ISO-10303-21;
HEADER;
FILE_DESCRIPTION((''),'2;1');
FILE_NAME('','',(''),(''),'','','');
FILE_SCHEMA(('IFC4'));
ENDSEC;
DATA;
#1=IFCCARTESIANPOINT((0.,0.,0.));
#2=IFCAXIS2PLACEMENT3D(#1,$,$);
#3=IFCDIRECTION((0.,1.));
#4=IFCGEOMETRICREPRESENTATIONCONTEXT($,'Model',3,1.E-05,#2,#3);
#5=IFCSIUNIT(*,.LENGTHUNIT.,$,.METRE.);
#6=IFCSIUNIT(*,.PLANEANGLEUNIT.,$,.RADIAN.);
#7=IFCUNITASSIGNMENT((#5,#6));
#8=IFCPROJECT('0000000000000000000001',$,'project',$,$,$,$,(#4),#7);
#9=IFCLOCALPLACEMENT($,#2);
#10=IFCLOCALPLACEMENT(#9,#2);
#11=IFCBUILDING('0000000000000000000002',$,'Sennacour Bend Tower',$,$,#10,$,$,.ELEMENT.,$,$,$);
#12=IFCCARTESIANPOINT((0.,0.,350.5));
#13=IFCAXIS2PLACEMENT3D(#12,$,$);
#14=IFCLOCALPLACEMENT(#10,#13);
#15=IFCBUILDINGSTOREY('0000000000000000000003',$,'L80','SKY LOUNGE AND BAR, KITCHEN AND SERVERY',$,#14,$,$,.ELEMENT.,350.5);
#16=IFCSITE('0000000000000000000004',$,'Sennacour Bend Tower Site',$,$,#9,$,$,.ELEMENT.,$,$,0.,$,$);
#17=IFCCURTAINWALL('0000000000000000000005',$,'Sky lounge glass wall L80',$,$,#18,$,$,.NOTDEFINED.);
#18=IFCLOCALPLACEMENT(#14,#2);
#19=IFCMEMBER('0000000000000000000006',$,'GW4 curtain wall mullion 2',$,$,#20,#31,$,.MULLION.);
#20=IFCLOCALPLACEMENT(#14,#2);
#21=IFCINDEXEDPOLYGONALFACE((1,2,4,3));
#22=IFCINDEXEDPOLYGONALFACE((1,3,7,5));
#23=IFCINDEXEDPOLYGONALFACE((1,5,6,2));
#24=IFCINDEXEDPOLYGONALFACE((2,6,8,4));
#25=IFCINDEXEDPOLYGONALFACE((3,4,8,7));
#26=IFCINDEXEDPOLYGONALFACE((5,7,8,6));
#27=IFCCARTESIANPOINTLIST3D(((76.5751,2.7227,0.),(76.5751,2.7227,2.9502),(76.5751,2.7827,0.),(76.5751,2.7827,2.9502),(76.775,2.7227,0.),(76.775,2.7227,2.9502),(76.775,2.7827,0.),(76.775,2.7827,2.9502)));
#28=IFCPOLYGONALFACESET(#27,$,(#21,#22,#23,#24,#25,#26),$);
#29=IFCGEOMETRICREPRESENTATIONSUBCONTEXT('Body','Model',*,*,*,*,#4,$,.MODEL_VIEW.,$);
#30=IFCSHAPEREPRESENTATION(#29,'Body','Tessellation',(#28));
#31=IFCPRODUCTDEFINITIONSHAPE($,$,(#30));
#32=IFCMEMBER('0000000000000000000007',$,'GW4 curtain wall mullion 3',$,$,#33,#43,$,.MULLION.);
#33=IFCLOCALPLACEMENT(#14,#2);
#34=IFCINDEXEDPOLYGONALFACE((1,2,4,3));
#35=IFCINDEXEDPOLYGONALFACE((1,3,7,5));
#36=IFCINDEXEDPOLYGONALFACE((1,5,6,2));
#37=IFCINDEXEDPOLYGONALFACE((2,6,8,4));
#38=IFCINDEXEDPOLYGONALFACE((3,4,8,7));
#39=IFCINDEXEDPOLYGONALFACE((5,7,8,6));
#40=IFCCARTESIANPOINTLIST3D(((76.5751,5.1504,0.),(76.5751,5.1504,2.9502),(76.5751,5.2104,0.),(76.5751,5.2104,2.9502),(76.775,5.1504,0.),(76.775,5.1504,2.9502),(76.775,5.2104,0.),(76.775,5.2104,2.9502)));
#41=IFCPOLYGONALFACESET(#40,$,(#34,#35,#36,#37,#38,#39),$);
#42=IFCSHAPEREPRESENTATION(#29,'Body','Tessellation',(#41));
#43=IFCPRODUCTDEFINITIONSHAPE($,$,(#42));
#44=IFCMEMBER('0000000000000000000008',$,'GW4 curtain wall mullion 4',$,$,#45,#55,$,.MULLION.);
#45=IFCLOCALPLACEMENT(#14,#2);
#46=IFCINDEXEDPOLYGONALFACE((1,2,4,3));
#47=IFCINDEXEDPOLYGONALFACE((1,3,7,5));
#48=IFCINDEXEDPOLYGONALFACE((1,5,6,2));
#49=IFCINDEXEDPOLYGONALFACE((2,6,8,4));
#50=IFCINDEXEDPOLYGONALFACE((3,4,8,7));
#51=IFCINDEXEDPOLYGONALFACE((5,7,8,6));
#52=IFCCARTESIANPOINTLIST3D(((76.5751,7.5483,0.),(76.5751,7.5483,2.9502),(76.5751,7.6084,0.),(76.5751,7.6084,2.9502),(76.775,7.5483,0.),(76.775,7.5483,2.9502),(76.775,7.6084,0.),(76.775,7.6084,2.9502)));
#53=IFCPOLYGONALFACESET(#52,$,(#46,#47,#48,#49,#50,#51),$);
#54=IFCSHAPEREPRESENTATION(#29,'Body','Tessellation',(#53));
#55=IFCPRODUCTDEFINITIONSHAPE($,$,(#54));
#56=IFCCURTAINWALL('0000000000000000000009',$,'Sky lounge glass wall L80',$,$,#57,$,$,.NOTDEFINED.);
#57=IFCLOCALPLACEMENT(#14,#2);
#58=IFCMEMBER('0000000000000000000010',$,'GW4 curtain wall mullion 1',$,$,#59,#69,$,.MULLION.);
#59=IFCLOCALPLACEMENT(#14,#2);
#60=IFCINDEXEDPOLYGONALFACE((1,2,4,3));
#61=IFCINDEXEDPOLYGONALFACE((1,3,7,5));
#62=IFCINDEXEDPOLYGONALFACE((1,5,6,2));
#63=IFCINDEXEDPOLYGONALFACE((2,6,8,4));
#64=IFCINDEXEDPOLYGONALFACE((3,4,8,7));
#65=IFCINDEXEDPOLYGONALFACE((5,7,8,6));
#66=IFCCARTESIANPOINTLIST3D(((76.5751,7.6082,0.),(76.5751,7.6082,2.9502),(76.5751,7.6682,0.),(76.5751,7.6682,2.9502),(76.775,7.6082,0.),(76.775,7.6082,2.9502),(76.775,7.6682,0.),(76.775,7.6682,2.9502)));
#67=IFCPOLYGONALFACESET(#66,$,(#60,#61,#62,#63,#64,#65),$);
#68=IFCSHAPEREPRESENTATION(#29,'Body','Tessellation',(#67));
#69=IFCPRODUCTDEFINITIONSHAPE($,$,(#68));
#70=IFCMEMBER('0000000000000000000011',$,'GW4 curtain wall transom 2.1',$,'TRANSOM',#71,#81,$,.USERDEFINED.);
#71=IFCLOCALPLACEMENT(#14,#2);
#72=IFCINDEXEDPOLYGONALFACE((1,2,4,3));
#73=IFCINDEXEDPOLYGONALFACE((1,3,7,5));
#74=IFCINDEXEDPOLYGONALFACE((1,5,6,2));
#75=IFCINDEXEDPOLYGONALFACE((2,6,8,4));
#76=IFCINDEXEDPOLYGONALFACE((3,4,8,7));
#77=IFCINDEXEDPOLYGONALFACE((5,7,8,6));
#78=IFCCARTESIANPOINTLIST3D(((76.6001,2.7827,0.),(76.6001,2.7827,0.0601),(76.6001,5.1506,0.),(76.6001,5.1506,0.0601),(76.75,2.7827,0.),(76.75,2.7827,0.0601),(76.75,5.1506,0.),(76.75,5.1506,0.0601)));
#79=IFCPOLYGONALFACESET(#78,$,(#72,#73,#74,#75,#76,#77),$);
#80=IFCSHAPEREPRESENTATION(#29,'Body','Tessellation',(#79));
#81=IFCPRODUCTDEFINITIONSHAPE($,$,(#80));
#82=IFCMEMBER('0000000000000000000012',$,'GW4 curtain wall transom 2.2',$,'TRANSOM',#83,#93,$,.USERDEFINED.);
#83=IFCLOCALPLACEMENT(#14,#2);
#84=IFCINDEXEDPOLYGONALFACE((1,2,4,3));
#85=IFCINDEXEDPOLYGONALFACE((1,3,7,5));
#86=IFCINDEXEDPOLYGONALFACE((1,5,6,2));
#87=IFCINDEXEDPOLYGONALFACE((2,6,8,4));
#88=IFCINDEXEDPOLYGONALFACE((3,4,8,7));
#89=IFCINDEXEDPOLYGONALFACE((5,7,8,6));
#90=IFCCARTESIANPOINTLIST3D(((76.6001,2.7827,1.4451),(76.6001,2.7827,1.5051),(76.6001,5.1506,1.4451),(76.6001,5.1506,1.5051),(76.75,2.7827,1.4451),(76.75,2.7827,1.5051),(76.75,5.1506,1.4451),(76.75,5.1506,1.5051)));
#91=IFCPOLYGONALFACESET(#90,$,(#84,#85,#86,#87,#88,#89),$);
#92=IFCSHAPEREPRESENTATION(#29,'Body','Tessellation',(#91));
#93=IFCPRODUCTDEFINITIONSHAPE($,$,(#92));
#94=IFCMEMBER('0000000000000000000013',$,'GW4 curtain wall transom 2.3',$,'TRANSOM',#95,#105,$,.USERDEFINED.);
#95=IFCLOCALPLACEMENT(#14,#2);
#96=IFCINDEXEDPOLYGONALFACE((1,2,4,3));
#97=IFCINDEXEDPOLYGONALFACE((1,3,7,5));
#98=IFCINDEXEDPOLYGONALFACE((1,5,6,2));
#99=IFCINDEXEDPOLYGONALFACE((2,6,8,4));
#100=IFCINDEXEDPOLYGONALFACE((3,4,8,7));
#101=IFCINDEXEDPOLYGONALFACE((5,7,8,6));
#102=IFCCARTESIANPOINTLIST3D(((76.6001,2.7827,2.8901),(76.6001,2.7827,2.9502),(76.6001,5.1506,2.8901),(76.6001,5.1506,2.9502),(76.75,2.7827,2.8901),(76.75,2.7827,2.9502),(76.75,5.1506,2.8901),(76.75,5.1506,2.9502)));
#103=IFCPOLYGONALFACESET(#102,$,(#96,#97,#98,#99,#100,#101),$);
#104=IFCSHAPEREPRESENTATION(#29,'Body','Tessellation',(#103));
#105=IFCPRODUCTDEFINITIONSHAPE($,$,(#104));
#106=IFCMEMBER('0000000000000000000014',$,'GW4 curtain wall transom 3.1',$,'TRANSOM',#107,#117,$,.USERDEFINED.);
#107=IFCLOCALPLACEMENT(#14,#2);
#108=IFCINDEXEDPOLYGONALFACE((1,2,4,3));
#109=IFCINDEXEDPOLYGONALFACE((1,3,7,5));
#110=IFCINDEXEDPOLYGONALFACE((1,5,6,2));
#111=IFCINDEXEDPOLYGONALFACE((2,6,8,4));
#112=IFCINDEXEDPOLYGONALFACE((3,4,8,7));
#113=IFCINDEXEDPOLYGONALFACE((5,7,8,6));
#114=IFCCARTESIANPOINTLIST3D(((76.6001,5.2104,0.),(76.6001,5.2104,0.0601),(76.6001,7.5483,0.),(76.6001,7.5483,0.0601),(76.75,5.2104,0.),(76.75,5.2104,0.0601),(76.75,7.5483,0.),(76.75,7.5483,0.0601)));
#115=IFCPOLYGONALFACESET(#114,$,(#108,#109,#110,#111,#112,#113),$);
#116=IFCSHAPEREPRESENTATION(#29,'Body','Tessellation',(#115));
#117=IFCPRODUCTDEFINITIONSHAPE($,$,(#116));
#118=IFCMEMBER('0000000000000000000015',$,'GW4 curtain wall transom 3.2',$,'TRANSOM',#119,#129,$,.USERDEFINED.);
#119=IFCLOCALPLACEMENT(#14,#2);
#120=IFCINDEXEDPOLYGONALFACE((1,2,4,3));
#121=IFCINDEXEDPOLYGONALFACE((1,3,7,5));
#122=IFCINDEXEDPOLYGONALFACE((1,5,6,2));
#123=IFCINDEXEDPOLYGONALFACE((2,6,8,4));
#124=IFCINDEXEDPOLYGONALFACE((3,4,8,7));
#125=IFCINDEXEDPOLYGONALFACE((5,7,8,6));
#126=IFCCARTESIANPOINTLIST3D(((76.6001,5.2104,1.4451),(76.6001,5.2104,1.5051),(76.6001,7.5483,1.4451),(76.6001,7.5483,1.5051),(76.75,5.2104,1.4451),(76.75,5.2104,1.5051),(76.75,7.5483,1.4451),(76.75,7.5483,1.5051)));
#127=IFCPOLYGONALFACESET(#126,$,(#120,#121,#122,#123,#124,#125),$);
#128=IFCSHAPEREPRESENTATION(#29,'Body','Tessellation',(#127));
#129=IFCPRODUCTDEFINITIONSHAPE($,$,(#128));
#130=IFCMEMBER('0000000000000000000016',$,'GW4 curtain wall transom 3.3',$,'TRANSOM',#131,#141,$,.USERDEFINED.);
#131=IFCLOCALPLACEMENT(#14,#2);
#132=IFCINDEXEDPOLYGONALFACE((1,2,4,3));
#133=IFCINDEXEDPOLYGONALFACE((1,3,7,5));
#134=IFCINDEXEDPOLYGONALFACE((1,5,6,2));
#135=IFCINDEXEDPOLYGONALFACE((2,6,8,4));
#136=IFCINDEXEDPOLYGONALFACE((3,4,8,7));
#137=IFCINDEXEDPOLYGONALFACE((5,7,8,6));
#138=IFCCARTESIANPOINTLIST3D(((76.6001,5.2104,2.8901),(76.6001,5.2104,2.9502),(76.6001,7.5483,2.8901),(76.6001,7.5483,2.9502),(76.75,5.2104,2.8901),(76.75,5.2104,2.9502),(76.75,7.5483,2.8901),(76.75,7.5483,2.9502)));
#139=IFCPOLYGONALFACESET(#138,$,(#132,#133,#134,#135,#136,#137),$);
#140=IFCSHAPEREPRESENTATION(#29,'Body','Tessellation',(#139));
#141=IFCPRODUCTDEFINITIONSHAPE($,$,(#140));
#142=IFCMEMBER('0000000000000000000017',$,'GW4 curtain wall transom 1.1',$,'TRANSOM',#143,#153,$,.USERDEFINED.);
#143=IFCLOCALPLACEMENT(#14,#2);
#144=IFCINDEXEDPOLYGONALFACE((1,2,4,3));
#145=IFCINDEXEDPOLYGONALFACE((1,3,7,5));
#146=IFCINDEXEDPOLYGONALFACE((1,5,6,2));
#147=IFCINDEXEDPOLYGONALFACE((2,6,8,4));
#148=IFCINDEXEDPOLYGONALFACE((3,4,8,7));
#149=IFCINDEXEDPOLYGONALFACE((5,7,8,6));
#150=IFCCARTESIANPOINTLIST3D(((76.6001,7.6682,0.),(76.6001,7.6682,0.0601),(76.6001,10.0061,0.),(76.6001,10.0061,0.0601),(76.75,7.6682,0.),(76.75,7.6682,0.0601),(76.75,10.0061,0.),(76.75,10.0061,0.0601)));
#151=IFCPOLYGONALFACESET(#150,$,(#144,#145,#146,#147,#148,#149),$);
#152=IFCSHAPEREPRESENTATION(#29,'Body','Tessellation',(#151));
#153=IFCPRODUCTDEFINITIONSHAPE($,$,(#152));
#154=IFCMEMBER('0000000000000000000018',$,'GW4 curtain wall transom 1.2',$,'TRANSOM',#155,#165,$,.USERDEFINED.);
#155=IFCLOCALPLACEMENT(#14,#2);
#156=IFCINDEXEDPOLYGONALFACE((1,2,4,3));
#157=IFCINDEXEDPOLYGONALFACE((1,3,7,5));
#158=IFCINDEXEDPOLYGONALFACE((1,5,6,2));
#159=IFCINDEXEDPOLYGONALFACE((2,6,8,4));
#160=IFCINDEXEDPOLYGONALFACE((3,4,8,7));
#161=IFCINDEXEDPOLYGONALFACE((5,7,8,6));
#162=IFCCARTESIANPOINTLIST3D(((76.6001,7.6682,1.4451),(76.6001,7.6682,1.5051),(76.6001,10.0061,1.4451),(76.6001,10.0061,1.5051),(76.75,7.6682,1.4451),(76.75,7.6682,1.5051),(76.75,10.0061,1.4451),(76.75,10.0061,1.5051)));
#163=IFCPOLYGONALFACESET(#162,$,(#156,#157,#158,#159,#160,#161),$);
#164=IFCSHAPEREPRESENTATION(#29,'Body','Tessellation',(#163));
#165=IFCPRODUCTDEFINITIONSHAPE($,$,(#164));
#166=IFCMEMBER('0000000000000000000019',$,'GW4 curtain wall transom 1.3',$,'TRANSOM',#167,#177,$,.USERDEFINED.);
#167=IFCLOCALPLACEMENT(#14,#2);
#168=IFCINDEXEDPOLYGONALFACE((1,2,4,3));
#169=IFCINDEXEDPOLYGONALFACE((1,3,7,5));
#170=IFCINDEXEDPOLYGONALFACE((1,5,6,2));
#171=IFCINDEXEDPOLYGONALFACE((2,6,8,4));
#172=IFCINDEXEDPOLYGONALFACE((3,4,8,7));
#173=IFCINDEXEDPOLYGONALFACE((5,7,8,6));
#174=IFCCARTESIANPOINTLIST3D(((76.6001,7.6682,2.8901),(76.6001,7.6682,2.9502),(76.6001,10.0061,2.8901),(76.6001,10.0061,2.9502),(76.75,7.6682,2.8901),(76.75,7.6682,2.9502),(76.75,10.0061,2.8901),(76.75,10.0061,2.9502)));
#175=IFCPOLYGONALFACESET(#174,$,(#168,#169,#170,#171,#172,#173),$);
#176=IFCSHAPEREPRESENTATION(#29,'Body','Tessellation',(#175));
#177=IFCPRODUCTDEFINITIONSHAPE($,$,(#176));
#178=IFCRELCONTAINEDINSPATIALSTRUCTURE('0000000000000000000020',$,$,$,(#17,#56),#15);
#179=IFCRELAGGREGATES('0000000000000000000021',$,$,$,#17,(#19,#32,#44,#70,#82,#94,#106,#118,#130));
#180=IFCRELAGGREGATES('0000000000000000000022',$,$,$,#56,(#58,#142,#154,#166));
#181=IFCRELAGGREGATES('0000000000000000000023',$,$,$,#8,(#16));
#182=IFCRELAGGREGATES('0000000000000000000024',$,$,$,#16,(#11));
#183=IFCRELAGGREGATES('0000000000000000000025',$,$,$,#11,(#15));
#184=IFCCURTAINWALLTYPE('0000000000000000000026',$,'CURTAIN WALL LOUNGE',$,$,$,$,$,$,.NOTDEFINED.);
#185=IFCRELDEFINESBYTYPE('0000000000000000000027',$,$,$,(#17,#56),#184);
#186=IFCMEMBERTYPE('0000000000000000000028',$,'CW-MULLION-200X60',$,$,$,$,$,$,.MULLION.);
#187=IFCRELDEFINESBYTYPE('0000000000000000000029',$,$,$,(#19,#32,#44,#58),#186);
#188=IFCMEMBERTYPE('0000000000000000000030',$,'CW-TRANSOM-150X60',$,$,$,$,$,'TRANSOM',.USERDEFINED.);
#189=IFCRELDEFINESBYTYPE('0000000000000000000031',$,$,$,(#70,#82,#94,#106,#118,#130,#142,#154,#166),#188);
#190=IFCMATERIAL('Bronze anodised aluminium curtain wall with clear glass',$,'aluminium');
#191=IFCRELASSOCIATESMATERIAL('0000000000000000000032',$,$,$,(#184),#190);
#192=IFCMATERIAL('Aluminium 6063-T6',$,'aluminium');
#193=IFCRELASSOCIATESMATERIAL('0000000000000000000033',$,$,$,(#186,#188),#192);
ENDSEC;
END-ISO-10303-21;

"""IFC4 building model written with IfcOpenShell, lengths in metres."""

from ifc_helpers import new_model, si_unit, direction, frame, origin, origin_2d, place, context, subcontext, project, spatial, rectangle, extrude, material, material_profile, profile_set, type_object, element, aggregate, save


model = new_model("IFC4")

# Units and contexts
model_context = context("Model", 3, precision=1e-05, world=origin(), true_north=direction((0.0, 1.0)))
body_context = subcontext(model_context, "Body", "Model", "MODEL_VIEW")
ifc_project = project(units=[si_unit("LENGTHUNIT", "METRE"), si_unit("PLANEANGLEUNIT", "RADIAN")], contexts=[model_context])

# Site, building, storey
site_placement = place(None, origin())
site = spatial("IfcSite", under=ifc_project, at=site_placement, Name="Sennacour Bend Tower Site", CompositionType="ELEMENT", RefElevation=0.0)
building_placement = place(site_placement, origin())
building = spatial("IfcBuilding", under=site, at=building_placement, Name="Sennacour Bend Tower", CompositionType="ELEMENT")
storey_placement = place(building_placement, frame((0.0, 0.0, 350.5)))
storey = spatial("IfcBuildingStorey", under=building, at=storey_placement, Name="L80", Description="SKY LOUNGE AND BAR, KITCHEN AND SERVERY", CompositionType="ELEMENT", Elevation=350.5)

# Curtain wall, members
ifc_material_1 = material(Name="Bronze anodised aluminium curtain wall with clear glass", Category="aluminium")
curtain_wall_type = type_object("IfcCurtainWallType", Name="CURTAIN WALL LOUNGE", PredefinedType="NOTDEFINED", material=ifc_material_1)
curtain_wall_1_placement = place(storey_placement, origin())
curtain_wall_1 = element("IfcCurtainWall", 1, at=curtain_wall_1_placement, inside=storey, type_object=curtain_wall_type, Name="Sky lounge glass wall L80", PredefinedType="NOTDEFINED")
ifc_material_2 = material(Name="Aluminium 6063-T6", Category="aluminium")
ifc_material_profile_1 = material_profile(ifc_material_2, rectangle(XDim=0.2, YDim=0.0601, at=origin_2d()), Name="Aluminium 6063-T6", Category="aluminium")
ifc_profile_set_1 = profile_set([ifc_material_profile_1], Name="Aluminium 6063-T6")
member_type_1 = type_object("IfcMemberType", Name="CW-MULLION-200X60", PredefinedType="MULLION", material=ifc_profile_set_1)
member_1_placement = place(storey_placement, frame((76.675, 2.7527, 0.0), z_axis=(0.0, 0.0, 1.0), x_axis=(-1.0, 0.0, 0.0)))
member_1 = element("IfcMember", 2, at=member_1_placement, type_object=member_type_1, Name="GW4 curtain wall mullion 2", PredefinedType="MULLION", context=body_context, shape_type="SweptSolid", body=[
    extrude(rectangle(XDim=0.2, YDim=0.0601, at=origin_2d()), origin(), (0.0, 0.0, 1.0), 2.9502),
])
member_2_placement = place(storey_placement, frame((76.675, 5.1804, 0.0), z_axis=(0.0, 0.0, 1.0), x_axis=(-1.0, 0.0, 0.0)))
member_2 = element("IfcMember", 3, at=member_2_placement, type_object=member_type_1, Name="GW4 curtain wall mullion 3", PredefinedType="MULLION", context=body_context, shape_type="SweptSolid", body=[
    extrude(rectangle(XDim=0.2, YDim=0.0601, at=origin_2d()), origin(), (0.0, 0.0, 1.0), 2.9502),
])
member_3_placement = place(storey_placement, frame((76.675, 7.5784, 0.0), z_axis=(0.0, 0.0, 1.0), x_axis=(-1.0, 0.0, 0.0)))
member_3 = element("IfcMember", 4, at=member_3_placement, type_object=member_type_1, Name="GW4 curtain wall mullion 4", PredefinedType="MULLION", context=body_context, shape_type="SweptSolid", body=[
    extrude(rectangle(XDim=0.2, YDim=0.0601, at=origin_2d()), origin(), (0.0, 0.0, 1.0), 2.9502),
])

# Curtain wall, member
curtain_wall_2_placement = place(storey_placement, origin())
curtain_wall_2 = element("IfcCurtainWall", 5, at=curtain_wall_2_placement, inside=storey, type_object=curtain_wall_type, Name="Sky lounge glass wall L80", PredefinedType="NOTDEFINED")
member_4_placement = place(storey_placement, frame((76.675, 7.6382, 0.0), z_axis=(0.0, 0.0, 1.0), x_axis=(-1.0, 0.0, 0.0)))
member_4 = element("IfcMember", 6, at=member_4_placement, type_object=member_type_1, Name="GW4 curtain wall mullion 1", PredefinedType="MULLION", context=body_context, shape_type="SweptSolid", body=[
    extrude(rectangle(XDim=0.2, YDim=0.0601, at=origin_2d()), origin(), (0.0, 0.0, 1.0), 2.9502),
])

# Members
ifc_material_profile_2 = material_profile(ifc_material_2, rectangle(XDim=0.1499, YDim=0.0601, at=origin_2d()), Name="Aluminium 6063-T6", Category="aluminium")
ifc_profile_set_2 = profile_set([ifc_material_profile_2], Name="Aluminium 6063-T6")
member_type_2 = type_object("IfcMemberType", Name="CW-TRANSOM-150X60", ElementType="TRANSOM", PredefinedType="USERDEFINED", material=ifc_profile_set_2)
member_5_placement = place(storey_placement, frame((76.675, 2.7827, 0.03), z_axis=(0.0, 1.0, 0.0), x_axis=(-1.0, 0.0, 0.0)))
member_5 = element("IfcMember", 7, at=member_5_placement, type_object=member_type_2, Name="GW4 curtain wall transom 2.1", ObjectType="TRANSOM", PredefinedType="USERDEFINED", context=body_context, shape_type="SweptSolid", body=[
    extrude(rectangle(XDim=0.1499, YDim=0.0601, at=origin_2d()), origin(), (0.0, 0.0, 1.0), 2.3679),
])
member_6_placement = place(storey_placement, frame((76.675, 2.7827, 1.4751), z_axis=(0.0, 1.0, 0.0), x_axis=(-1.0, 0.0, 0.0)))
member_6 = element("IfcMember", 8, at=member_6_placement, type_object=member_type_2, Name="GW4 curtain wall transom 2.2", ObjectType="TRANSOM", PredefinedType="USERDEFINED", context=body_context, shape_type="SweptSolid", body=[
    extrude(rectangle(XDim=0.1499, YDim=0.0601, at=origin_2d()), origin(), (0.0, 0.0, 1.0), 2.3679),
])
member_7_placement = place(storey_placement, frame((76.675, 2.7827, 2.9202), z_axis=(0.0, 1.0, 0.0), x_axis=(-1.0, 0.0, 0.0)))
member_7 = element("IfcMember", 9, at=member_7_placement, type_object=member_type_2, Name="GW4 curtain wall transom 2.3", ObjectType="TRANSOM", PredefinedType="USERDEFINED", context=body_context, shape_type="SweptSolid", body=[
    extrude(rectangle(XDim=0.1499, YDim=0.0601, at=origin_2d()), origin(), (0.0, 0.0, 1.0), 2.3679),
])
member_8_placement = place(storey_placement, frame((76.675, 5.2104, 0.03), z_axis=(0.0, 1.0, 0.0), x_axis=(-1.0, 0.0, 0.0)))
member_8 = element("IfcMember", 10, at=member_8_placement, type_object=member_type_2, Name="GW4 curtain wall transom 3.1", ObjectType="TRANSOM", PredefinedType="USERDEFINED", context=body_context, shape_type="SweptSolid", body=[
    extrude(rectangle(XDim=0.1499, YDim=0.0601, at=origin_2d()), origin(), (0.0, 0.0, 1.0), 2.3379),
])
member_9_placement = place(storey_placement, frame((76.675, 5.2104, 1.4751), z_axis=(0.0, 1.0, 0.0), x_axis=(-1.0, 0.0, 0.0)))
member_9 = element("IfcMember", 11, at=member_9_placement, type_object=member_type_2, Name="GW4 curtain wall transom 3.2", ObjectType="TRANSOM", PredefinedType="USERDEFINED", context=body_context, shape_type="SweptSolid", body=[
    extrude(rectangle(XDim=0.1499, YDim=0.0601, at=origin_2d()), origin(), (0.0, 0.0, 1.0), 2.3379),
])
member_10_placement = place(storey_placement, frame((76.675, 5.2104, 2.9202), z_axis=(0.0, 1.0, 0.0), x_axis=(-1.0, 0.0, 0.0)))
member_10 = element("IfcMember", 12, at=member_10_placement, type_object=member_type_2, Name="GW4 curtain wall transom 3.3", ObjectType="TRANSOM", PredefinedType="USERDEFINED", context=body_context, shape_type="SweptSolid", body=[
    extrude(rectangle(XDim=0.1499, YDim=0.0601, at=origin_2d()), origin(), (0.0, 0.0, 1.0), 2.3379),
])
member_11_placement = place(storey_placement, frame((76.675, 7.6682, 0.03), z_axis=(0.0, 1.0, 0.0), x_axis=(-1.0, 0.0, 0.0)))
member_11 = element("IfcMember", 13, at=member_11_placement, type_object=member_type_2, Name="GW4 curtain wall transom 1.1", ObjectType="TRANSOM", PredefinedType="USERDEFINED", context=body_context, shape_type="SweptSolid", body=[
    extrude(rectangle(XDim=0.1499, YDim=0.0601, at=origin_2d()), origin(), (0.0, 0.0, 1.0), 2.3379),
])
member_12_placement = place(storey_placement, frame((76.675, 7.6682, 1.4751), z_axis=(0.0, 1.0, 0.0), x_axis=(-1.0, 0.0, 0.0)))
member_12 = element("IfcMember", 14, at=member_12_placement, type_object=member_type_2, Name="GW4 curtain wall transom 1.2", ObjectType="TRANSOM", PredefinedType="USERDEFINED", context=body_context, shape_type="SweptSolid", body=[
    extrude(rectangle(XDim=0.1499, YDim=0.0601, at=origin_2d()), origin(), (0.0, 0.0, 1.0), 2.3379),
])
member_13_placement = place(storey_placement, frame((76.675, 7.6682, 2.9202), z_axis=(0.0, 1.0, 0.0), x_axis=(-1.0, 0.0, 0.0)))
member_13 = element("IfcMember", 15, at=member_13_placement, type_object=member_type_2, Name="GW4 curtain wall transom 1.3", ObjectType="TRANSOM", PredefinedType="USERDEFINED", context=body_context, shape_type="SweptSolid", body=[
    extrude(rectangle(XDim=0.1499, YDim=0.0601, at=origin_2d()), origin(), (0.0, 0.0, 1.0), 2.3379),
])

aggregate(curtain_wall_1, [member_1, member_2, member_3, member_5, member_6, member_7, member_8, member_9, member_10])
aggregate(curtain_wall_2, [member_4, member_11, member_12, member_13])

save(model, "model.ifc")
